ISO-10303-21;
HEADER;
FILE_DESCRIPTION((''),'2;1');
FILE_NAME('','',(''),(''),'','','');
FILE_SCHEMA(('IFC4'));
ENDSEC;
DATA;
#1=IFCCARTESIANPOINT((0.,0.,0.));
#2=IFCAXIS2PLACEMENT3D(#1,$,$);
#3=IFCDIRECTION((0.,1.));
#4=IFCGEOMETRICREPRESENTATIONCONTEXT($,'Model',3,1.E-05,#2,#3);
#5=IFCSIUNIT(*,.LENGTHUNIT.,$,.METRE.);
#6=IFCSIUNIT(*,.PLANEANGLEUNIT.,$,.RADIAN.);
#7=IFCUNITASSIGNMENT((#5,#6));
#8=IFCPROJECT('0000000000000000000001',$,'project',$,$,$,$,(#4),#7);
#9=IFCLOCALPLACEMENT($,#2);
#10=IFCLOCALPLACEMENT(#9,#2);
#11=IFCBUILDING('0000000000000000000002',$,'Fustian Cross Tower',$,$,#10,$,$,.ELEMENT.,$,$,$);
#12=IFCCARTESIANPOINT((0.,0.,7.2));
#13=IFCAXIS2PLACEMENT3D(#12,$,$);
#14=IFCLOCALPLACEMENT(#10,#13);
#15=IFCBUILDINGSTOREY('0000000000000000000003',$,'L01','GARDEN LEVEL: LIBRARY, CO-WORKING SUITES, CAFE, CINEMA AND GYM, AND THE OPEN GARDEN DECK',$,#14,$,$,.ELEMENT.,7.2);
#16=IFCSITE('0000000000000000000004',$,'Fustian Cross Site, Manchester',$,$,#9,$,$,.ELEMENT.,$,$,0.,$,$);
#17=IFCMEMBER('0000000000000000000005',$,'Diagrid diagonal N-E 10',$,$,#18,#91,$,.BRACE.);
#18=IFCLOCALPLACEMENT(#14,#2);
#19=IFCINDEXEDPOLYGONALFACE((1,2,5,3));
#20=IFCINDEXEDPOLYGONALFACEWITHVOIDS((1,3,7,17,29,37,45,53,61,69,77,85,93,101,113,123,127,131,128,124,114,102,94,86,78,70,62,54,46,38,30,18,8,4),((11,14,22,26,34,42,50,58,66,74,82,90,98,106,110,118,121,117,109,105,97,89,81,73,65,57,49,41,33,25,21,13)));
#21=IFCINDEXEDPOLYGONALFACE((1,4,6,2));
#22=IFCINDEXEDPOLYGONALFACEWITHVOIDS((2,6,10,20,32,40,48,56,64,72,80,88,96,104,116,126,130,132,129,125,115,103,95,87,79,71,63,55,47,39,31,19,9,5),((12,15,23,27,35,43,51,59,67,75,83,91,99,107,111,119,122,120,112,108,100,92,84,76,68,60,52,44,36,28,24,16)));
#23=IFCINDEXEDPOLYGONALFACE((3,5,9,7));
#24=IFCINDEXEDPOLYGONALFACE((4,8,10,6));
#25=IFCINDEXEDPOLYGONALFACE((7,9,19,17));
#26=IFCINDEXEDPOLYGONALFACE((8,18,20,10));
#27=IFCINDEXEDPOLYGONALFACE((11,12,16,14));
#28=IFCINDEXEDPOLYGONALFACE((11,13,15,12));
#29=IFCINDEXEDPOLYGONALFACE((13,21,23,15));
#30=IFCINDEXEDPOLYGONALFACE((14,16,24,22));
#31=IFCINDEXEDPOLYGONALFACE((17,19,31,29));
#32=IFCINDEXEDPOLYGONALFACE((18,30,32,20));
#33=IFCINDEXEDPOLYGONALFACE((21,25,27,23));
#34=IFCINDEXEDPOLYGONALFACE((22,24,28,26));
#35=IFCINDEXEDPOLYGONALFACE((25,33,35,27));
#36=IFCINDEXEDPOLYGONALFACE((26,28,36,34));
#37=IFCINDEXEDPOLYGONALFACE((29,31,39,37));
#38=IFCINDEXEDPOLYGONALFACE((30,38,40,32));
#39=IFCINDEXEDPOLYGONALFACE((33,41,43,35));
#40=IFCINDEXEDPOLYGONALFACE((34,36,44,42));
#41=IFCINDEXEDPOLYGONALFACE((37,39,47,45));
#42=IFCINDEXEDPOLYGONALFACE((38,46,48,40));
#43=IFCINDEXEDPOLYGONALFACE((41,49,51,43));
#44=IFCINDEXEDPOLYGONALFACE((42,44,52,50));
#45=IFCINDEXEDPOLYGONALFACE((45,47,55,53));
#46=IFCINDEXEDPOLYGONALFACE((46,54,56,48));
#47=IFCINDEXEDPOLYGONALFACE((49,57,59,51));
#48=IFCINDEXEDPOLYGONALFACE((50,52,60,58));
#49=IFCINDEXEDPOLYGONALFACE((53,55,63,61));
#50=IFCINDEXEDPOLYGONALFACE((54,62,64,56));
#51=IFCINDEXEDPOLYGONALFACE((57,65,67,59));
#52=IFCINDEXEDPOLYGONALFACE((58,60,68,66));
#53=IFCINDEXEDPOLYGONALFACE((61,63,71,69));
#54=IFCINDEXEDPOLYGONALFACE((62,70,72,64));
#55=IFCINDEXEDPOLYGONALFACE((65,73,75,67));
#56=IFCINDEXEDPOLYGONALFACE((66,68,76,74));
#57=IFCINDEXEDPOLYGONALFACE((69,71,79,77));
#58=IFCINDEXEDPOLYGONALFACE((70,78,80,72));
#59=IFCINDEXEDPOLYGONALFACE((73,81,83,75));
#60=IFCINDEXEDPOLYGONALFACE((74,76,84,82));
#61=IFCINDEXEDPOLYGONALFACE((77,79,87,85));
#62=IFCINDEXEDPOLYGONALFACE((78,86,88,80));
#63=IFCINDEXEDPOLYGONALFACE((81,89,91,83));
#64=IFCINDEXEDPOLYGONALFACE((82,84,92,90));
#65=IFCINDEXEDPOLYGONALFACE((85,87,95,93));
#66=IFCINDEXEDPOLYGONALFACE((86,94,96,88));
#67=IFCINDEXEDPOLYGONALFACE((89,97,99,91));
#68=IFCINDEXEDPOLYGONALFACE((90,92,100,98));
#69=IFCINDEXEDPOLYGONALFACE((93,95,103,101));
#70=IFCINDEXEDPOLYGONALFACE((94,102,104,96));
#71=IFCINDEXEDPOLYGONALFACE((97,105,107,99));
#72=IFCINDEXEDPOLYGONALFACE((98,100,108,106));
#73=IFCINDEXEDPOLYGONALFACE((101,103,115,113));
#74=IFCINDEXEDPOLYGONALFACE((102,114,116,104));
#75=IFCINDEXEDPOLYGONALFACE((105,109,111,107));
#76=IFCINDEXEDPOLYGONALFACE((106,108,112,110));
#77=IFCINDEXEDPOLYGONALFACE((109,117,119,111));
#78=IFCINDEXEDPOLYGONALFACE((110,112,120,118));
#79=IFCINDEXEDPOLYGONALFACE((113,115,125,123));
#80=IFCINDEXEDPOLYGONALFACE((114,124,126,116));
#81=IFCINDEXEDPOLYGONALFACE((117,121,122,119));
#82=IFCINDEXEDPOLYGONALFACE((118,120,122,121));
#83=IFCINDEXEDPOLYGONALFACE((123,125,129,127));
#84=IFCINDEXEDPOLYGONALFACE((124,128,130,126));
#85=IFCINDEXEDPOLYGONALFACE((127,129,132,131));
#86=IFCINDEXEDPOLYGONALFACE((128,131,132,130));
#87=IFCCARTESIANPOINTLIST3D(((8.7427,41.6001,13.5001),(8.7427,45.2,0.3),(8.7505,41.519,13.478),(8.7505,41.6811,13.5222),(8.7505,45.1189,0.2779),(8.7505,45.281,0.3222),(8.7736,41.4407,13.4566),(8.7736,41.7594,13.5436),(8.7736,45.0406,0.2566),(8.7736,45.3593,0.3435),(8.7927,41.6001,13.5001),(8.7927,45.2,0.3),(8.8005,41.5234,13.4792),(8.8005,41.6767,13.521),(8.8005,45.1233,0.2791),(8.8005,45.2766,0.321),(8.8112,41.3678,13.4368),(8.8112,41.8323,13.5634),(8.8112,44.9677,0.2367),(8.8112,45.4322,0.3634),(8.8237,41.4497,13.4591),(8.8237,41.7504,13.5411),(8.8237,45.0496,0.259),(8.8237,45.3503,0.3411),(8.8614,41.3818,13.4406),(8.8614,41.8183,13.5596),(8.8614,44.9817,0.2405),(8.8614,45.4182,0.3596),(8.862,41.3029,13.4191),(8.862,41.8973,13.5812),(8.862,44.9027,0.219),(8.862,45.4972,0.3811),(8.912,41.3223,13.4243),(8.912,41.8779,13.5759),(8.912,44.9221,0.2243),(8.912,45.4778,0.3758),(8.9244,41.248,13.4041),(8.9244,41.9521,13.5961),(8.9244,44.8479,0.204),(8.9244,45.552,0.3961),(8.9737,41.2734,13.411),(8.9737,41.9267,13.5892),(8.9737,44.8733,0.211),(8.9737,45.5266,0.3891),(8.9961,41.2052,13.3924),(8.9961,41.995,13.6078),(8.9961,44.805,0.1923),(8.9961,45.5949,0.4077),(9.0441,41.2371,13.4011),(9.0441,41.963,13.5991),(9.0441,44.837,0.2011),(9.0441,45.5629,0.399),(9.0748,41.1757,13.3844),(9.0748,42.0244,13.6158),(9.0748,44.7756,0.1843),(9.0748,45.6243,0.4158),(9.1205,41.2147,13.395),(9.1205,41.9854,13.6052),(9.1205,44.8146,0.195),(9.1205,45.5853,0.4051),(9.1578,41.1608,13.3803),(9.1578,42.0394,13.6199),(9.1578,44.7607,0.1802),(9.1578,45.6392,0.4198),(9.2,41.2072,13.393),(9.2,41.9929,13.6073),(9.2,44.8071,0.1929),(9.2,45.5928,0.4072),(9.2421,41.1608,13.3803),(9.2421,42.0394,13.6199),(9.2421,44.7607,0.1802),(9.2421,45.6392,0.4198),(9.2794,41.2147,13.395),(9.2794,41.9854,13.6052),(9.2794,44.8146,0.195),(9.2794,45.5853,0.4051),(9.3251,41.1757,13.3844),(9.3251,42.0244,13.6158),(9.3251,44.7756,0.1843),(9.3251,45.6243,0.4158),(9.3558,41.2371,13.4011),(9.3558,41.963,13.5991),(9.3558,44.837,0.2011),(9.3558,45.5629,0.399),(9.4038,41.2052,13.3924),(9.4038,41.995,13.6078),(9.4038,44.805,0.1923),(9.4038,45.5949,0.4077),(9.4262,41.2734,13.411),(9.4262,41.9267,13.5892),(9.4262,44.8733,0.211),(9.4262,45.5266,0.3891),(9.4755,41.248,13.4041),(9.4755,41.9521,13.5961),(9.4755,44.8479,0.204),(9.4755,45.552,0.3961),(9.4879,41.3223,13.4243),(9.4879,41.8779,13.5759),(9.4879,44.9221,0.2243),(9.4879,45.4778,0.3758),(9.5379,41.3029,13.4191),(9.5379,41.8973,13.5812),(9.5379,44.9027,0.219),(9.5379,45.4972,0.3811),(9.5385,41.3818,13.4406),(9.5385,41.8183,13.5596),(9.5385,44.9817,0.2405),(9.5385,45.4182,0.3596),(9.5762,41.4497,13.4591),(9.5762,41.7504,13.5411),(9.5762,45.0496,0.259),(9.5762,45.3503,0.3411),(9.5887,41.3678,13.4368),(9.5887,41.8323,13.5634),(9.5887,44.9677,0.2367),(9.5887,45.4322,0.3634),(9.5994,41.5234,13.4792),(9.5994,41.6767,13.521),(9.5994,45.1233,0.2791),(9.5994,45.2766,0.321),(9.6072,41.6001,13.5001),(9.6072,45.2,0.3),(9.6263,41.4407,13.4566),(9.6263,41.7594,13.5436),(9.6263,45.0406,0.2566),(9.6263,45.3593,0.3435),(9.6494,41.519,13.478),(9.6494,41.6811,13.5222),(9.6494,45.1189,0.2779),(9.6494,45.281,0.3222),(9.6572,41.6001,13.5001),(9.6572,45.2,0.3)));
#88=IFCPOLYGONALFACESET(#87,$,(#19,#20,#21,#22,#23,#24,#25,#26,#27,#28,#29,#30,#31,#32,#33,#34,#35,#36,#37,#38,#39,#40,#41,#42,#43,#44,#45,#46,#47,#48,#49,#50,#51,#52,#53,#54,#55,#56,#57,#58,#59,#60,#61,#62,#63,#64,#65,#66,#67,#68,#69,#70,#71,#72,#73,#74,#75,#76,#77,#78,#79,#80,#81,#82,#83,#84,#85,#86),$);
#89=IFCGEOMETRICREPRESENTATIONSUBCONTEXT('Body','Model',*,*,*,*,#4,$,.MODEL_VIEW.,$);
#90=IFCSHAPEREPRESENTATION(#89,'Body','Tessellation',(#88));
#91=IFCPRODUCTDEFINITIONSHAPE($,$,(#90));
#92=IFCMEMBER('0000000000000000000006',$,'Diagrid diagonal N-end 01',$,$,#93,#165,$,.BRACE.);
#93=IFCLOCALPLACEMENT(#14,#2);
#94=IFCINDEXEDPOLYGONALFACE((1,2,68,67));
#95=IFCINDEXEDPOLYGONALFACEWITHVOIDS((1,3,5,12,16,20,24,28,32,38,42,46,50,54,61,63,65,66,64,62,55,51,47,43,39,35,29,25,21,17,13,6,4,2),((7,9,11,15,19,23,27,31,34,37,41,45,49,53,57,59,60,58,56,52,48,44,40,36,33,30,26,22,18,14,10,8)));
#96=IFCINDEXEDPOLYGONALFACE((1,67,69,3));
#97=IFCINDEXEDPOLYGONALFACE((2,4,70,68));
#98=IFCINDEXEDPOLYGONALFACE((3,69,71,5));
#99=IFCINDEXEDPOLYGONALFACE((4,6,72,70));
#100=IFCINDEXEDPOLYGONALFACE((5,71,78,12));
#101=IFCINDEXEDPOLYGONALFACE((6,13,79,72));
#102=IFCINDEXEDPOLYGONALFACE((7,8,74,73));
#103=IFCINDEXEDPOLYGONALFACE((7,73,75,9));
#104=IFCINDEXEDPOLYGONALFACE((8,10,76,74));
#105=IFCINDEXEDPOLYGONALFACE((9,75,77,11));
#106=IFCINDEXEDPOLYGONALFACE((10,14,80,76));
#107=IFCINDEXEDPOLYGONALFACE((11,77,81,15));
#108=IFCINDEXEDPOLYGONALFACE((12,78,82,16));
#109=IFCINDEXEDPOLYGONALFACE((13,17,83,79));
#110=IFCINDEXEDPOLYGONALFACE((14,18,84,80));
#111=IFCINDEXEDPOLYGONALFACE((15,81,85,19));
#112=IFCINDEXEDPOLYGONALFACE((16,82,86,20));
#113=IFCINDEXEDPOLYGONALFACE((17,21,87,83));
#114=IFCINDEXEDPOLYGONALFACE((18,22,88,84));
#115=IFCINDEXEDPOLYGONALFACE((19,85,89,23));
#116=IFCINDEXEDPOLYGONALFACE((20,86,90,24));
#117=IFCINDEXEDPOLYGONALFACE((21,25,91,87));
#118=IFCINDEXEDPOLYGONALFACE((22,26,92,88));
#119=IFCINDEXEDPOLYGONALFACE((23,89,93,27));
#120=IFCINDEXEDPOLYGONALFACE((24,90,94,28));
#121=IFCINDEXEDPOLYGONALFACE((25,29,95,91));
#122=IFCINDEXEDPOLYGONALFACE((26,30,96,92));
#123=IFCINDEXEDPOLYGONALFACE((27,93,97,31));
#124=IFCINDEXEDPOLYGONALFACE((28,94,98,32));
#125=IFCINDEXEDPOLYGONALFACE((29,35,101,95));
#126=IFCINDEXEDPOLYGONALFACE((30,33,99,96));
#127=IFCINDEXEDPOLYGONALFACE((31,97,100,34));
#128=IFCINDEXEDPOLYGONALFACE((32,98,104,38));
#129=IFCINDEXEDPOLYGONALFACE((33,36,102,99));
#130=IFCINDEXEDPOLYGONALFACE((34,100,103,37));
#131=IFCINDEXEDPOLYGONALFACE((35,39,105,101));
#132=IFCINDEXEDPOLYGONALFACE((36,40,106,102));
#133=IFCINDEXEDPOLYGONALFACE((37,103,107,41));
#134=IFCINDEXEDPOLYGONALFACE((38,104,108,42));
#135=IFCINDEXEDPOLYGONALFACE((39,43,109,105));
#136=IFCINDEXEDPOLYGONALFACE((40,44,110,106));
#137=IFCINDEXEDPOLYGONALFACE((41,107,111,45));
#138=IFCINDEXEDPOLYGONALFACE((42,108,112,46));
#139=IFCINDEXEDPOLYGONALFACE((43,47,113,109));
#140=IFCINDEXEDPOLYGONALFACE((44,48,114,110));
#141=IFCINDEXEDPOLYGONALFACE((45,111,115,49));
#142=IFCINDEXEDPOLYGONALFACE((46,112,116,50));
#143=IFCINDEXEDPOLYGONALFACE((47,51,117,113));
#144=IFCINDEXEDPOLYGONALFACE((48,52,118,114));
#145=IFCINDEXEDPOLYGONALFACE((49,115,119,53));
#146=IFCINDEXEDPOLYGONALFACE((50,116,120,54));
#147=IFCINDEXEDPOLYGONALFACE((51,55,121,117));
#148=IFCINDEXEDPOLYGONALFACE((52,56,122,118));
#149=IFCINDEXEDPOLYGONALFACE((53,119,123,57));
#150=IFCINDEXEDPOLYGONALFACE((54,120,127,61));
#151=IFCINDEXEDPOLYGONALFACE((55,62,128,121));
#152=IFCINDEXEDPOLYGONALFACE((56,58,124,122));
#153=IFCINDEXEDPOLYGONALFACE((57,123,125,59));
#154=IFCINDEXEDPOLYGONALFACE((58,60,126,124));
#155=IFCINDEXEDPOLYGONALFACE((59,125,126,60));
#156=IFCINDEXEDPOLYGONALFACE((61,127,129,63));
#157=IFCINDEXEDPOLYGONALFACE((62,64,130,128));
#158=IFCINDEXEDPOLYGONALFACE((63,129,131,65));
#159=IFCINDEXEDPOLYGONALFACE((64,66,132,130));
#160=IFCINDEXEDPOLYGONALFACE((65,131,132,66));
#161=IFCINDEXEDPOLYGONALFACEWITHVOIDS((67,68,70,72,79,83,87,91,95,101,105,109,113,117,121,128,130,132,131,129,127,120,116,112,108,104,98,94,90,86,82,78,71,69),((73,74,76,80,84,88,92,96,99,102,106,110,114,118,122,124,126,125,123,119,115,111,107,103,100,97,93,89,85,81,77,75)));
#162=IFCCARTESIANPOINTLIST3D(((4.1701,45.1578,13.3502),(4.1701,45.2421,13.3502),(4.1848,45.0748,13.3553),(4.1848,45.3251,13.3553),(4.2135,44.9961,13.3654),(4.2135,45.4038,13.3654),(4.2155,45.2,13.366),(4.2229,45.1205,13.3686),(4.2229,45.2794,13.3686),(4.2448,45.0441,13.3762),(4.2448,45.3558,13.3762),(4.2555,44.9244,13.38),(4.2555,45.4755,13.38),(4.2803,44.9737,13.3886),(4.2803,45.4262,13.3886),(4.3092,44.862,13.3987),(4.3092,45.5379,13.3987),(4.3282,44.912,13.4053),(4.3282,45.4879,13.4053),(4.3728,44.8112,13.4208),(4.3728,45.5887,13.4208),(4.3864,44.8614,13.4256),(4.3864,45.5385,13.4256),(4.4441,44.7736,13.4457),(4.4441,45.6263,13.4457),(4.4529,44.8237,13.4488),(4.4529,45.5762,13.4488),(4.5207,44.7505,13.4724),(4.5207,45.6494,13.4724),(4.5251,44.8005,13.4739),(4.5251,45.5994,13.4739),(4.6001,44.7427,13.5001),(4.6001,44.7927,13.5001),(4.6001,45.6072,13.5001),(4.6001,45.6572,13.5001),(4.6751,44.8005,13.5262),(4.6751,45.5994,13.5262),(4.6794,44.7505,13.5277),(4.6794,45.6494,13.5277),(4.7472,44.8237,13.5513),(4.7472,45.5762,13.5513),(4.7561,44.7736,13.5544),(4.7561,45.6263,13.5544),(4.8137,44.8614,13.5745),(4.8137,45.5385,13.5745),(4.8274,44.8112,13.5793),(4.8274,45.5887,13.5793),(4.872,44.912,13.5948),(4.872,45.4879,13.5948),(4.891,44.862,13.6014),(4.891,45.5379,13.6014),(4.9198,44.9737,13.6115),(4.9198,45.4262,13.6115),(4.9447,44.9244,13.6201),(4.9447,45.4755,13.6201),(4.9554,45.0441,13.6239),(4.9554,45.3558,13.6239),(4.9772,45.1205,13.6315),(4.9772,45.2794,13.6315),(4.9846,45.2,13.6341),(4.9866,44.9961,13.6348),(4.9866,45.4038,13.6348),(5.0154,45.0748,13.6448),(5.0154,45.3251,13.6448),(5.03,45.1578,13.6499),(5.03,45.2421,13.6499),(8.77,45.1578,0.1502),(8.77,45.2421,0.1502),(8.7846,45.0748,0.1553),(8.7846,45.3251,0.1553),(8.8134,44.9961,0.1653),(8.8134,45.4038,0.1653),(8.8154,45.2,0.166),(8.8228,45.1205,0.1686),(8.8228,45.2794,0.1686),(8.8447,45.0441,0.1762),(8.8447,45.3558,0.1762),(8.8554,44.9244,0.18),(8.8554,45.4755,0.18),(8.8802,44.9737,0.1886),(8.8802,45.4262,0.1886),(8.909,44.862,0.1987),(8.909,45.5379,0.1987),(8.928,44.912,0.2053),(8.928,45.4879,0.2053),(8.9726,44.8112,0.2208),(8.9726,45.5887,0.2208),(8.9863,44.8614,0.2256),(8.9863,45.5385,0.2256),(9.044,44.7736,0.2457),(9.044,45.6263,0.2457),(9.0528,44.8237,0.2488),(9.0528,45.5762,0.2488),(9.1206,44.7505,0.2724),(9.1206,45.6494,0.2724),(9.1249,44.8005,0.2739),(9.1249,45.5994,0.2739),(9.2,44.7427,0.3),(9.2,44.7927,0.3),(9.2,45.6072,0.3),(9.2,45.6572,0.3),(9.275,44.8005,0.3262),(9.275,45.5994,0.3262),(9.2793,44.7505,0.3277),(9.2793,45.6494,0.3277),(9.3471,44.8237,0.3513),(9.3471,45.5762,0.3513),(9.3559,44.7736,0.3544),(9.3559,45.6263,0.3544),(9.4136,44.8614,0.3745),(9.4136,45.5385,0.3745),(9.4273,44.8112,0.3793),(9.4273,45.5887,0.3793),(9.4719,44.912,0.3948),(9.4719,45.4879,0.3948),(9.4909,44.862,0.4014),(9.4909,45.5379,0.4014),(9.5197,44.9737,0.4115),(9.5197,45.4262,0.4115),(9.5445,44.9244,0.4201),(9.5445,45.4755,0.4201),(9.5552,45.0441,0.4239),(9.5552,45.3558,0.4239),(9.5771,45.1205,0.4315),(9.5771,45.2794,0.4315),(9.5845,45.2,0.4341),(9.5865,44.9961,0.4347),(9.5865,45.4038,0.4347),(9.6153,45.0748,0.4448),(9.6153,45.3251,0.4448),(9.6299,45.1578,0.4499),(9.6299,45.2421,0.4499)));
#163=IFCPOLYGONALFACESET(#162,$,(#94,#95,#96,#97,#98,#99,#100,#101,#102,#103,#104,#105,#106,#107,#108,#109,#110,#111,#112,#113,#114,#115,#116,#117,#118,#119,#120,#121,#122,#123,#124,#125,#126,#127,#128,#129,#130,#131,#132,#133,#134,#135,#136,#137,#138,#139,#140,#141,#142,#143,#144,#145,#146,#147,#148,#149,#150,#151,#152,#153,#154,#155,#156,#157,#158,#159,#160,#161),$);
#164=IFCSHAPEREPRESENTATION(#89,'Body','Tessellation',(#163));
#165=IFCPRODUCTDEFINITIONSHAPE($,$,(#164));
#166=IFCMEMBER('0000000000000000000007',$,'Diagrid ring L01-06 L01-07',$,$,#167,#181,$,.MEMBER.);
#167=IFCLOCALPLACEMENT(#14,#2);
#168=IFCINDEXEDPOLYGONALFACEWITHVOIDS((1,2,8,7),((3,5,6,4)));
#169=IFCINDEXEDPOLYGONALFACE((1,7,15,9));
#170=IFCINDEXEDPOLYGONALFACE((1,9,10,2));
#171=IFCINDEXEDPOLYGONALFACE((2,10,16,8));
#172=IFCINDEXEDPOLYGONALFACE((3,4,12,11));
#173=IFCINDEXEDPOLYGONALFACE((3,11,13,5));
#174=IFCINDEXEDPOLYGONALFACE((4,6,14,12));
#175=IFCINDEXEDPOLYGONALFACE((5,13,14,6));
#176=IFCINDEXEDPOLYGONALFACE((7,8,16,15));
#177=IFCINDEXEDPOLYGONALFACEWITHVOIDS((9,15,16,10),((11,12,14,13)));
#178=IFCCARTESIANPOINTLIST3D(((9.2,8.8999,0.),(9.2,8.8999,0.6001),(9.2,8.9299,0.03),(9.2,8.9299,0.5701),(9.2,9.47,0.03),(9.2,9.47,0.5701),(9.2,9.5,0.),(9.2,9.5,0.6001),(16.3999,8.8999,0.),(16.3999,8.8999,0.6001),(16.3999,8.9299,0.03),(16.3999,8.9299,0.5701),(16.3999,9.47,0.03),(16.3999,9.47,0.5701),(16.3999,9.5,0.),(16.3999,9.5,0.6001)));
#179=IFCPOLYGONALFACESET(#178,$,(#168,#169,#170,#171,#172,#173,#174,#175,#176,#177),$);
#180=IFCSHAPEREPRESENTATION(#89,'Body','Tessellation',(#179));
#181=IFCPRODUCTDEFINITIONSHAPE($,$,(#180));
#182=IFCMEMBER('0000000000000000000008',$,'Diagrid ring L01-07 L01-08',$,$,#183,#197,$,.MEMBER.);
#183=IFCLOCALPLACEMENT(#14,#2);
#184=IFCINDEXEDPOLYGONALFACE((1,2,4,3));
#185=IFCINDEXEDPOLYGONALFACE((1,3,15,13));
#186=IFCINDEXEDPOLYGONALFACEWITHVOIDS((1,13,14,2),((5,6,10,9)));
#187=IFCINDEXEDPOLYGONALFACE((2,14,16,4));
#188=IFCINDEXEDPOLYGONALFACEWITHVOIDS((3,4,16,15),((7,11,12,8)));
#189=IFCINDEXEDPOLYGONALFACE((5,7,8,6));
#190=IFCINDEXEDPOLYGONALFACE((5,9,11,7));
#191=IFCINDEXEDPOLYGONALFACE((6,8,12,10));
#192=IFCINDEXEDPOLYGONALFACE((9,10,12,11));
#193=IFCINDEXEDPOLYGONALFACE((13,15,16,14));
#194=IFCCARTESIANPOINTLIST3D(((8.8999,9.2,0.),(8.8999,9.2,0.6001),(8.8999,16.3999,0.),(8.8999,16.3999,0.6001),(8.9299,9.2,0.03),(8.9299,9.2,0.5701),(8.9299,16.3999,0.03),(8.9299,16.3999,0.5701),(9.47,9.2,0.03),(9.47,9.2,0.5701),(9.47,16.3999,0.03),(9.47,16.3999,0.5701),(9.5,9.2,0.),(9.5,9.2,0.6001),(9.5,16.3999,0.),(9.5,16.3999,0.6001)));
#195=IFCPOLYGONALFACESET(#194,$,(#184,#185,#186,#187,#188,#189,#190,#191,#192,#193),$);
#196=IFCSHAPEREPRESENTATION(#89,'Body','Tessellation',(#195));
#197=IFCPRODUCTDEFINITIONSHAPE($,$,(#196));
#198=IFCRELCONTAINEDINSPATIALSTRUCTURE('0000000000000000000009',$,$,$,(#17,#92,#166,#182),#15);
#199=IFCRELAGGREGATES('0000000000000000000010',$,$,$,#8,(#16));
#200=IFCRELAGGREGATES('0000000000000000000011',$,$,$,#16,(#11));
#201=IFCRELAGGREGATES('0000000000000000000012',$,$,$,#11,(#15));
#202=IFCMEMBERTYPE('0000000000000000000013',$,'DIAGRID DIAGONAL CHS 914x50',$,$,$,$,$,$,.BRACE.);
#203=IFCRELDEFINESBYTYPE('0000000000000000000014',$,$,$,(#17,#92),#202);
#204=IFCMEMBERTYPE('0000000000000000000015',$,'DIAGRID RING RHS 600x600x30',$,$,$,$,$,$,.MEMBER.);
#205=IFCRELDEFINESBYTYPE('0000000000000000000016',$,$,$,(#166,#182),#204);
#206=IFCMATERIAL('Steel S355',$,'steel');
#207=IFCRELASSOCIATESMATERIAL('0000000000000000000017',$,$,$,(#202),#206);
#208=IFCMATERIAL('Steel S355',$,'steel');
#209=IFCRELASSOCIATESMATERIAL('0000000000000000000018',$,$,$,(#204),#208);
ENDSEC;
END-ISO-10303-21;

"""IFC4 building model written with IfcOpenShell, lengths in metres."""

from ifc_helpers import new_model, si_unit, direction, frame, origin, origin_2d, place, context, subcontext, project, spatial, hollow_rectangle, hollow_circle, extrude, material, material_profile, profile_set, type_object, element, save


model = new_model("IFC4")

# Units and contexts
model_context = context("Model", 3, precision=1e-05, world=origin(), true_north=direction((0.0, 1.0)))
body_context = subcontext(model_context, "Body", "Model", "MODEL_VIEW")
ifc_project = project(units=[si_unit("LENGTHUNIT", "METRE"), si_unit("PLANEANGLEUNIT", "RADIAN")], contexts=[model_context])

# Site, building, storey
site_placement = place(None, origin())
site = spatial("IfcSite", under=ifc_project, at=site_placement, Name="Fustian Cross Site, Manchester", CompositionType="ELEMENT", RefElevation=0.0)
building_placement = place(site_placement, origin())
building = spatial("IfcBuilding", under=site, at=building_placement, Name="Fustian Cross Tower", CompositionType="ELEMENT")
storey_placement = place(building_placement, frame((0.0, 0.0, 7.2)))
storey = spatial("IfcBuildingStorey", under=building, at=storey_placement, Name="L01", Description="GARDEN LEVEL: LIBRARY, CO-WORKING SUITES, CAFE, CINEMA AND GYM, AND THE OPEN GARDEN DECK", CompositionType="ELEMENT", Elevation=7.2)

# Members
ifc_material_1 = material(Name="Steel S355", Category="steel")
ifc_material_profile_1 = material_profile(ifc_material_1, hollow_circle(Radius=0.4573, WallThickness=0.05, at=origin_2d()), Name="CHS 914x50")
ifc_profile_set_1 = profile_set([ifc_material_profile_1], Name="Steel S355")
member_type_1 = type_object("IfcMemberType", Name="DIAGRID DIAGONAL CHS 914x50", PredefinedType="BRACE", material=ifc_profile_set_1)
for number, where, z_axis, x_axis, name in (
    (1, (9.2, 45.2, 0.3), (0.0, -0.263108, 0.964766), (1.0, 0.0, 0.0), "Diagrid diagonal N-E 10"),
):
    element("IfcMember", number, at=place(storey_placement, frame(where, z_axis=z_axis, x_axis=x_axis)), inside=storey, type_object=member_type_1, Name=name, PredefinedType="BRACE", context=body_context, shape_type="SweptSolid", body=[
        extrude(hollow_circle(Radius=0.4573, WallThickness=0.05, at=origin_2d()), origin(), (0.0, 0.0, 1.0), 13.6821),
    ])
member_1_placement = place(storey_placement, frame((9.2, 45.2, 0.3), z_axis=(-0.329067, 0.0, 0.944306), x_axis=(0.0, -1.0, 0.0)))
element("IfcMember", 2, at=member_1_placement, inside=storey, type_object=member_type_1, Name="Diagrid diagonal N-end 01", PredefinedType="BRACE", context=body_context, shape_type="SweptSolid", body=[
    extrude(hollow_circle(Radius=0.4573, WallThickness=0.05, at=origin_2d()), origin(), (0.0, 0.0, 1.0), 13.9785),
])
ifc_material_2 = material(Name="Steel S355", Category="steel")
ifc_material_profile_2 = material_profile(ifc_material_2, hollow_rectangle(XDim=0.6001, YDim=0.6001, WallThickness=0.03, at=origin_2d()), Name="RHS 600x600x30")
ifc_profile_set_2 = profile_set([ifc_material_profile_2], Name="Steel S355")
member_type_2 = type_object("IfcMemberType", Name="DIAGRID RING RHS 600x600x30", PredefinedType="MEMBER", material=ifc_profile_set_2)
for number, where, z_axis, x_axis, name in (
    (3, (16.3999, 9.2, 0.3), (-1.0, 0.0, 0.0), (0.0, -1.0, 0.0), "Diagrid ring L01-06 L01-07"),
    (4, (9.2, 9.2, 0.3), (0.0, 1.0, 0.0), (-1.0, 0.0, 0.0), "Diagrid ring L01-07 L01-08"),
):
    element("IfcMember", number, at=place(storey_placement, frame(where, z_axis=z_axis, x_axis=x_axis)), inside=storey, type_object=member_type_2, Name=name, PredefinedType="MEMBER", context=body_context, shape_type="SweptSolid", body=[
        extrude(hollow_rectangle(XDim=0.6001, YDim=0.6001, WallThickness=0.03, at=origin_2d()), origin(), (0.0, 0.0, 1.0), 7.2),
    ])

save(model, "model.ifc")
